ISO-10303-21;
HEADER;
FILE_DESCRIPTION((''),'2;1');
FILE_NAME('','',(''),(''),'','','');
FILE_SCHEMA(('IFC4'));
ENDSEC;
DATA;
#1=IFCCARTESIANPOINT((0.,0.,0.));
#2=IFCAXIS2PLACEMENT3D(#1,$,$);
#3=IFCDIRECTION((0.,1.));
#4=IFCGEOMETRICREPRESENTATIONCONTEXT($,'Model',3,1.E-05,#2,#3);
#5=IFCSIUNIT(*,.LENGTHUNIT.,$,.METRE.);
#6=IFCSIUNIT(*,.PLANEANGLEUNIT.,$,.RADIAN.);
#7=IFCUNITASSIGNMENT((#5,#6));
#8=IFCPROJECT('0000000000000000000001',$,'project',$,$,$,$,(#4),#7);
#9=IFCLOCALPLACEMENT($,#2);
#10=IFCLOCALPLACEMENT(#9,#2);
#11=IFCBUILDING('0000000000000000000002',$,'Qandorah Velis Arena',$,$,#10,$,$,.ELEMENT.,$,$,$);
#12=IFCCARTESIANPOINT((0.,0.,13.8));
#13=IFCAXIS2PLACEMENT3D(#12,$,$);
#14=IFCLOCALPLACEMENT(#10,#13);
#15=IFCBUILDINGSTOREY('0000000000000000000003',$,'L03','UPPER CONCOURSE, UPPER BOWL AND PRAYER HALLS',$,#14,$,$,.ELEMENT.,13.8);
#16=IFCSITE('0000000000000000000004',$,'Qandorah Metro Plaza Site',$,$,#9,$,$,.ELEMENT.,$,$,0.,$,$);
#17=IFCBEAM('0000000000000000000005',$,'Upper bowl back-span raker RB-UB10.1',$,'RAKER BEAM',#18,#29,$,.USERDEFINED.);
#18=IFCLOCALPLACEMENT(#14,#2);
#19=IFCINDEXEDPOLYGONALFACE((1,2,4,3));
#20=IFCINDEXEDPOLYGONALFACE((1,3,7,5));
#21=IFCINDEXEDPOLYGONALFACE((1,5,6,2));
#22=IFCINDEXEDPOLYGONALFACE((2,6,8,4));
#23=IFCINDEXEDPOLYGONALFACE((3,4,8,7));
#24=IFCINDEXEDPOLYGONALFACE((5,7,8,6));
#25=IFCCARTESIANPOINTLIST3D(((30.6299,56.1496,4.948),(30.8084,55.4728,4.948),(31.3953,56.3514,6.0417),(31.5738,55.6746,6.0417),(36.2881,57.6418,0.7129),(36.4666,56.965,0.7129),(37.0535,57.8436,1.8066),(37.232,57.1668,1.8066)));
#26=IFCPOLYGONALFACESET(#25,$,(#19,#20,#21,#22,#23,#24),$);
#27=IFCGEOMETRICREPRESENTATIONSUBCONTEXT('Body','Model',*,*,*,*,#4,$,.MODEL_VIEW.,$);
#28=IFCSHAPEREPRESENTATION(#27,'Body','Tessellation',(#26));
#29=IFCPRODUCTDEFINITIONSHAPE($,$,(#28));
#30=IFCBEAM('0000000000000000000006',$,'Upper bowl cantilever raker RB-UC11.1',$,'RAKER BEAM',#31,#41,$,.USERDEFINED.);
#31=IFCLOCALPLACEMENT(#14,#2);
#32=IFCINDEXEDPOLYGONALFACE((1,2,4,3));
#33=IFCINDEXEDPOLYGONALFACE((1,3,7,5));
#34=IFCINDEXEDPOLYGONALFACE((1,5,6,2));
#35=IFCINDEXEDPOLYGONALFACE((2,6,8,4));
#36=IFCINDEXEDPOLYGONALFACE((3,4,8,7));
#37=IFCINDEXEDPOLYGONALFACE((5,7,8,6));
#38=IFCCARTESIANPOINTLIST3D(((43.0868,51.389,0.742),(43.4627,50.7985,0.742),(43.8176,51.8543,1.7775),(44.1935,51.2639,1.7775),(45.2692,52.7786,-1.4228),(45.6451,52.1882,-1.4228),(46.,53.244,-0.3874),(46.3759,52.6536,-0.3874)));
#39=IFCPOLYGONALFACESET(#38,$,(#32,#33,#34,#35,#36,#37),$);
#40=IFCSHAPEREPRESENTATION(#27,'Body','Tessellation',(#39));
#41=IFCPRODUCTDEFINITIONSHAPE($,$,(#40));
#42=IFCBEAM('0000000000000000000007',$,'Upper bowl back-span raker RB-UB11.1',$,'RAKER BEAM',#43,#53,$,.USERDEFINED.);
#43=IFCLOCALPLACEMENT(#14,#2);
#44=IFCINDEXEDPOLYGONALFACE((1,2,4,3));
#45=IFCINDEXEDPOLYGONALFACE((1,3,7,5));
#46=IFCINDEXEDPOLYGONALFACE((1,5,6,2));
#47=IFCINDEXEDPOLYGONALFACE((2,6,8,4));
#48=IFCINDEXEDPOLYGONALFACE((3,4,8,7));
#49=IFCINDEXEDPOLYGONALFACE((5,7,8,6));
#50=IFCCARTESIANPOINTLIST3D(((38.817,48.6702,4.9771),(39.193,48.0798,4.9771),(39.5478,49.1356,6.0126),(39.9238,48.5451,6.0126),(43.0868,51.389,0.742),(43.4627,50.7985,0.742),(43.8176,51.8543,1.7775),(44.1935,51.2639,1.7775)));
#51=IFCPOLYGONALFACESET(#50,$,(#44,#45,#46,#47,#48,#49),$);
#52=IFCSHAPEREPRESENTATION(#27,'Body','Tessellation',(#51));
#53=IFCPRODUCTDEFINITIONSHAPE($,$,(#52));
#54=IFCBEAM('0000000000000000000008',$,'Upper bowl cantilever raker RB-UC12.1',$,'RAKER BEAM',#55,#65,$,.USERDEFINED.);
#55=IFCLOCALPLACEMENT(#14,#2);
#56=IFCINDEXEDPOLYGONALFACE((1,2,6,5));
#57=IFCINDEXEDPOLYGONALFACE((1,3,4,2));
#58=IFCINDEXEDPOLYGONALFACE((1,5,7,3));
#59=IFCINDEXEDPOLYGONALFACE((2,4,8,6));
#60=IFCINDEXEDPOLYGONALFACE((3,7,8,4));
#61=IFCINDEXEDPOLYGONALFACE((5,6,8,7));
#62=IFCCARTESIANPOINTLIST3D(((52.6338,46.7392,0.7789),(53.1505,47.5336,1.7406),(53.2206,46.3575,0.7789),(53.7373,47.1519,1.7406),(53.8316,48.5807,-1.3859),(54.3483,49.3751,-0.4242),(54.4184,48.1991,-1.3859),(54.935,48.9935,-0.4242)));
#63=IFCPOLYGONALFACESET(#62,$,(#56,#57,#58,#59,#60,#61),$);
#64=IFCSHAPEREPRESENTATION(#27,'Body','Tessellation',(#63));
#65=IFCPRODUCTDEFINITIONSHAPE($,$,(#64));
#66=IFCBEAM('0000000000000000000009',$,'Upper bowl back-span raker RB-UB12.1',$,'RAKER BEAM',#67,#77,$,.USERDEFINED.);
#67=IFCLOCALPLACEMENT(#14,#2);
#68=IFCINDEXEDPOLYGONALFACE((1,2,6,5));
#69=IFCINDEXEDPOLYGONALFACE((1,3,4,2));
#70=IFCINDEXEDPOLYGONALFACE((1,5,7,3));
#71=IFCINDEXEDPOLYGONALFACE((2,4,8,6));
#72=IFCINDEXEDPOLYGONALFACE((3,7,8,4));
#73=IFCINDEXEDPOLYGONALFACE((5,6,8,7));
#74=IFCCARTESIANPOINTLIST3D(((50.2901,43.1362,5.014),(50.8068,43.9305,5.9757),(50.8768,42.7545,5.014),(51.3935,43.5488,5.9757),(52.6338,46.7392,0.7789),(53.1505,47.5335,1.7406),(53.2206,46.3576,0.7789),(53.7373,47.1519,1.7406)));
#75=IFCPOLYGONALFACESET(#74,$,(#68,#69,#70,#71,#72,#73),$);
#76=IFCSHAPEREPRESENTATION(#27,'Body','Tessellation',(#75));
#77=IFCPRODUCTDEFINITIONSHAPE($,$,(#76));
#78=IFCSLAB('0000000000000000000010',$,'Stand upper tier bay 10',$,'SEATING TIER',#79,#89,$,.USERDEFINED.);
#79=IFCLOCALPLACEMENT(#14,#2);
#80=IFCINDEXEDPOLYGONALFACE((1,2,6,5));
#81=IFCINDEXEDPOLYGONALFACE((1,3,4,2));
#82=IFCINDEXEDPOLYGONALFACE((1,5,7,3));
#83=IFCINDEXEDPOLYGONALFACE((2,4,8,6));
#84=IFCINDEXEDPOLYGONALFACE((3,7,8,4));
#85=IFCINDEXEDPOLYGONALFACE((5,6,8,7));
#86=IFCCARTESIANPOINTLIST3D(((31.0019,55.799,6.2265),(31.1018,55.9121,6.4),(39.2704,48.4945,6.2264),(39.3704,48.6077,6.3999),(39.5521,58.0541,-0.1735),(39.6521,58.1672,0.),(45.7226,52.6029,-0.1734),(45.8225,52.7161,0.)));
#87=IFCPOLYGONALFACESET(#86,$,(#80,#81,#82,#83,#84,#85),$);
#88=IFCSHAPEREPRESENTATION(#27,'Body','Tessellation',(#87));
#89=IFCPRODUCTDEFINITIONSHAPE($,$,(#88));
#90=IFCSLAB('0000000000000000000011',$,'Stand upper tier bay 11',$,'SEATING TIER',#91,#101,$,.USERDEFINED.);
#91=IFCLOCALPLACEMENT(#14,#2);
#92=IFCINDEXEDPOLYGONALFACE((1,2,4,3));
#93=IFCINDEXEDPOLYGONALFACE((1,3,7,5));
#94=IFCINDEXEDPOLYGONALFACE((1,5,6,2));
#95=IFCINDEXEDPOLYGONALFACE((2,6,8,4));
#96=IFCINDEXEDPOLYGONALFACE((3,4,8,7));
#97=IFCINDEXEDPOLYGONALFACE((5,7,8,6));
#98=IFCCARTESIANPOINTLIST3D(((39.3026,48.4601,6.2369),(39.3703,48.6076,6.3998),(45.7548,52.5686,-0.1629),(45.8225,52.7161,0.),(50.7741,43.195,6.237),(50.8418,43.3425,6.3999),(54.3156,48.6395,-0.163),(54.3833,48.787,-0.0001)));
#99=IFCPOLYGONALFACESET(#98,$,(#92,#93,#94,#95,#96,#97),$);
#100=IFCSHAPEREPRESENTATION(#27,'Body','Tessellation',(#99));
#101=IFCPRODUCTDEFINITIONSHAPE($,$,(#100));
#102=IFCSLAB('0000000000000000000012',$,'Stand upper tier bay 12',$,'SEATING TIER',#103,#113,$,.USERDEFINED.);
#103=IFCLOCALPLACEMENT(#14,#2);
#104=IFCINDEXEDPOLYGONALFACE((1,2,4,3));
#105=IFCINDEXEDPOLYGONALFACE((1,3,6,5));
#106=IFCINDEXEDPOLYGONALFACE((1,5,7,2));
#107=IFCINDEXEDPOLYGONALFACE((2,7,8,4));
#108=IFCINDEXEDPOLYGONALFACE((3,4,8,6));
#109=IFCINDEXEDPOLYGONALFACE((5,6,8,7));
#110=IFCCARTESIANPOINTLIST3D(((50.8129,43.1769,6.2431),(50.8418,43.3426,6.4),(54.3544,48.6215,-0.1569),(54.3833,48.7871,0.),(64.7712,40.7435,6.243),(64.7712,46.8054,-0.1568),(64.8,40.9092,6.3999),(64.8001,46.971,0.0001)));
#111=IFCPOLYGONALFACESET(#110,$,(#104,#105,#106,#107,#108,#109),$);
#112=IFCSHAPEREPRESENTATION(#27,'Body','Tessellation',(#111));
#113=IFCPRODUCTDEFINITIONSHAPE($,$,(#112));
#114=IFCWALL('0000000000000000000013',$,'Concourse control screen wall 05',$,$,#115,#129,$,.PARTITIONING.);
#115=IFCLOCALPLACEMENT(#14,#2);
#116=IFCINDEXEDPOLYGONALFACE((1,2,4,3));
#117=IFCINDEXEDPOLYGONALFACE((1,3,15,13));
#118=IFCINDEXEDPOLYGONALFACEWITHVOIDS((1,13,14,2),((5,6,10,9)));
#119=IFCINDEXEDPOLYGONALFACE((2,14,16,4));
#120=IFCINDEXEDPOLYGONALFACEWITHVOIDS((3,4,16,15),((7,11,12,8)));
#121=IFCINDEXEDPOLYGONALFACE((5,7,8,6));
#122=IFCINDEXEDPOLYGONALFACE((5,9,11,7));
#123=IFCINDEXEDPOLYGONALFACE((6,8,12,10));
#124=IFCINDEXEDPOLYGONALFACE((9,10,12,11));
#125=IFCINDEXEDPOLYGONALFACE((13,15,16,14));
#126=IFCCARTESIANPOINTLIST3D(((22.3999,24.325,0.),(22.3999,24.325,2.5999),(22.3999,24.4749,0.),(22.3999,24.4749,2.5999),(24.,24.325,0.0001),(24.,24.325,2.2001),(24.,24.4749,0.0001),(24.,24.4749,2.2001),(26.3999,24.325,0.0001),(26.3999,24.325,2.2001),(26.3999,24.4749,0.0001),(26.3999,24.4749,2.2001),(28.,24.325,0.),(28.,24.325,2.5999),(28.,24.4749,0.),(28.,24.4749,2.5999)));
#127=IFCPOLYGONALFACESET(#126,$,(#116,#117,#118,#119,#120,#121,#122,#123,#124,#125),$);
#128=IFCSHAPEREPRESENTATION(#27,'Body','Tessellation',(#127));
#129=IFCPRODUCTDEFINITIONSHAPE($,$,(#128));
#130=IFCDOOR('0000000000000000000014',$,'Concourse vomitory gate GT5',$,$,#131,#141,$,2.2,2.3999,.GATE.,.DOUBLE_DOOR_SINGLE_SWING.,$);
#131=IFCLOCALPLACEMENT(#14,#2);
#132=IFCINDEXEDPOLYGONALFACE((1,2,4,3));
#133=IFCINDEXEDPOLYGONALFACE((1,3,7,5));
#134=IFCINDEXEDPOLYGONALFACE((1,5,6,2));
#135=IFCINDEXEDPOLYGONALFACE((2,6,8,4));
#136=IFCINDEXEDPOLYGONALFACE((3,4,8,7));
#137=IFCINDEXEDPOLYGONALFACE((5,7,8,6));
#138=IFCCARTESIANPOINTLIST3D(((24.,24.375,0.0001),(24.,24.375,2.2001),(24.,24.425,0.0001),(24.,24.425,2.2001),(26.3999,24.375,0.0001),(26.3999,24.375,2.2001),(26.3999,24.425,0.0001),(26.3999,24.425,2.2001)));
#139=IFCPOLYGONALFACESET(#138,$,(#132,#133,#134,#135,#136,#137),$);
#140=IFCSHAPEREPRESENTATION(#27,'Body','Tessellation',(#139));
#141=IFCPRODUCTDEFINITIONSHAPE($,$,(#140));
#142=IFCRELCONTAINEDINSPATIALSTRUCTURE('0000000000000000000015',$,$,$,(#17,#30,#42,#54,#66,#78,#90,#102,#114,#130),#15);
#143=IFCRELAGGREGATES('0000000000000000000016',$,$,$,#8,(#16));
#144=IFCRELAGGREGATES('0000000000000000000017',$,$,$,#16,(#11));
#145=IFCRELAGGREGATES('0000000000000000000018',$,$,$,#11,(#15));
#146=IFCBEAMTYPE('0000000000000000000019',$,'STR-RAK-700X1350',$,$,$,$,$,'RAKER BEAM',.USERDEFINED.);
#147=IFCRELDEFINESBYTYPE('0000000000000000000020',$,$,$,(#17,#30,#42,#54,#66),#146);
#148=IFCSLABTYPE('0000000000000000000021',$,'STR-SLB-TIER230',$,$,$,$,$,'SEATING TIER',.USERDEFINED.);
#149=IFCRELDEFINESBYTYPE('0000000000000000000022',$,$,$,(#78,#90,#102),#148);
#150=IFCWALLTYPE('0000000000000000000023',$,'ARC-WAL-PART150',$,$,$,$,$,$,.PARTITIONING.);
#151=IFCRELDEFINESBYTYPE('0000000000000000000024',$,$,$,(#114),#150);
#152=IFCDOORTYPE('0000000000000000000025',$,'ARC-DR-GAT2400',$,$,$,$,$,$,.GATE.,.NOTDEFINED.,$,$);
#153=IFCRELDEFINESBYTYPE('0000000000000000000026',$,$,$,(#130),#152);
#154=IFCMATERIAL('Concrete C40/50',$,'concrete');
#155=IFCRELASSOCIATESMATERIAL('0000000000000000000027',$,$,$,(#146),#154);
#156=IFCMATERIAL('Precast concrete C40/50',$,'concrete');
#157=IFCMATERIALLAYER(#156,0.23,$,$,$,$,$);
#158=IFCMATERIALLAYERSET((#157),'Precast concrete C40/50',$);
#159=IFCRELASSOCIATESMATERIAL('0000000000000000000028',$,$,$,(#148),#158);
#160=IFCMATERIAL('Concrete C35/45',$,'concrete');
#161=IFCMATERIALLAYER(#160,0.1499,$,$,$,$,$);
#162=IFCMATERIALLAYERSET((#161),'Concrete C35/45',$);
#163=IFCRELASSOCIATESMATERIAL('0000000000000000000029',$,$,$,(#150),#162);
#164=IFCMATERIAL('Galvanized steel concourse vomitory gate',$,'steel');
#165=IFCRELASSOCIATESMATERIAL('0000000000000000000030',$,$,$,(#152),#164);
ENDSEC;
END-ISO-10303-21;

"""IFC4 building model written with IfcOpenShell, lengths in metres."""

from ifc_helpers import new_model, si_unit, direction, frame, frame_2d, origin, origin_2d, place, context, subcontext, project, spatial, polyline, rectangle, outline, extrude, material, layer, layer_set, material_profile, profile_set, type_object, element, fill, save


model = new_model("IFC4")

# Units and contexts
model_context = context("Model", 3, precision=1e-05, world=origin(), true_north=direction((0.0, 1.0)))
body_context = subcontext(model_context, "Body", "Model", "MODEL_VIEW")
ifc_project = project(units=[si_unit("LENGTHUNIT", "METRE"), si_unit("PLANEANGLEUNIT", "RADIAN")], contexts=[model_context])

# Site, building, storey
site_placement = place(None, origin())
site = spatial("IfcSite", under=ifc_project, at=site_placement, Name="Qandorah Metro Plaza Site", CompositionType="ELEMENT", RefElevation=0.0)
building_placement = place(site_placement, origin())
building = spatial("IfcBuilding", under=site, at=building_placement, Name="Qandorah Velis Arena", CompositionType="ELEMENT")
storey_placement = place(building_placement, frame((0.0, 0.0, 13.8)))
storey = spatial("IfcBuildingStorey", under=building, at=storey_placement, Name="L03", Description="UPPER CONCOURSE, UPPER BOWL AND PRAYER HALLS", CompositionType="ELEMENT", Elevation=13.8)

# Shared definitions
ifc_material_1 = material(Name="Concrete C40/50", Category="concrete")

# Beams
ifc_material_profile_1 = material_profile(ifc_material_1, rectangle(XDim=0.7, YDim=1.3501, at=origin_2d()), Name="RC RAKER 700x1350")
ifc_profile_set_1 = profile_set([ifc_material_profile_1], Name="Concrete C40/50")
beam_type_1 = type_object("IfcBeamType", Name="STR-RAK-700X1350", ElementType="RAKER BEAM", PredefinedType="USERDEFINED", material=ifc_profile_set_1)
beam_1_placement = place(storey_placement, frame((36.76, 57.4043, 1.2598), z_axis=(-0.783312, -0.206576, 0.586301), x_axis=(0.255003, -0.96694, 0.0)))
element("IfcBeam", 1, at=beam_1_placement, inside=storey, type_object=beam_type_1, Name="Upper bowl back-span raker RB-UB10.1", ObjectType="RAKER BEAM", PredefinedType="USERDEFINED", context=body_context, shape_type="SweptSolid", body=[
    extrude(rectangle(XDim=0.7, YDim=1.3501, at=origin_2d()), origin(), (0.0, 0.0, 1.0), 7.2234),
])
beam_2_placement = place(storey_placement, frame((43.6401, 51.3264, 1.2598), z_axis=(0.646925, 0.411936, -0.641714), x_axis=(-0.537114, 0.84351, 0.0)))
element("IfcBeam", 2, at=beam_2_placement, inside=storey, type_object=beam_type_1, Name="Upper bowl cantilever raker RB-UC11.1", ObjectType="RAKER BEAM", PredefinedType="USERDEFINED", context=body_context, shape_type="SweptSolid", body=[
    extrude(rectangle(XDim=0.7, YDim=1.3501, at=origin_2d()), origin(), (0.0, 0.0, 1.0), 3.3735),
])
beam_3_placement = place(storey_placement, frame((43.6401, 51.3264, 1.2598), z_axis=(-0.646945, -0.411938, 0.641692), x_axis=(0.537103, -0.843516, 0.0)))
element("IfcBeam", 3, at=beam_3_placement, inside=storey, type_object=beam_type_1, Name="Upper bowl back-span raker RB-UB11.1", ObjectType="RAKER BEAM", PredefinedType="USERDEFINED", context=body_context, shape_type="SweptSolid", body=[
    extrude(rectangle(XDim=0.7, YDim=1.3501, at=origin_2d()), origin(), (0.0, 0.0, 1.0), 6.5999),
])
beam_4_placement = place(storey_placement, frame((53.1855, 46.9456, 1.2598), z_axis=(0.388352, 0.597093, -0.701899), x_axis=(-0.838289, 0.545227, 0.0)))
element("IfcBeam", 4, at=beam_4_placement, inside=storey, type_object=beam_type_1, Name="Upper bowl cantilever raker RB-UC12.1", ObjectType="RAKER BEAM", PredefinedType="USERDEFINED", context=body_context, shape_type="SweptSolid", body=[
    extrude(rectangle(XDim=0.7, YDim=1.3501, at=origin_2d()), origin(), (0.0, 0.0, 1.0), 3.0842),
])
beam_5_placement = place(storey_placement, frame((53.1855, 46.9456, 1.2598), z_axis=(-0.388414, -0.597105, 0.701855), x_axis=(0.838254, -0.54528, 0.0)))
element("IfcBeam", 5, at=beam_5_placement, inside=storey, type_object=beam_type_1, Name="Upper bowl back-span raker RB-UB12.1", ObjectType="RAKER BEAM", PredefinedType="USERDEFINED", context=body_context, shape_type="SweptSolid", body=[
    extrude(rectangle(XDim=0.7, YDim=1.3501, at=origin_2d()), origin(), (0.0, 0.0, 1.0), 6.0342),
])

# Slabs
ifc_material_2 = material(Name="Precast concrete C40/50", Category="concrete")
ifc_layer_1 = layer(ifc_material_2, 0.23)
ifc_layer_set_1 = layer_set([ifc_layer_1], Name="Precast concrete C40/50")
slab_type = type_object("IfcSlabType", Name="STR-SLB-TIER230", ElementType="SEATING TIER", PredefinedType="USERDEFINED", material=ifc_layer_set_1)
slab_1_placement = place(storey_placement, frame((39.6521, 58.1672, 0.0), z_axis=(0.434739, 0.492111, 0.754207), x_axis=(0.749438, -0.662075, 0.000006)))
element("IfcSlab", 6, at=slab_1_placement, inside=storey, type_object=slab_type, Name="Stand upper tier bay 10", ObjectType="SEATING TIER", PredefinedType="USERDEFINED", context=body_context, shape_type="SweptSolid", body=[
    extrude(outline(polyline([(0.0, 0.0), (8.2334, 0.0), (6.118, -9.7464), (-4.9148, -9.7466), (0.0, 0.0)])), origin(), (0.0, 0.0, -1.0), 0.23),
])
slab_2_placement = place(storey_placement, frame((45.8225, 52.7161, 0.0), z_axis=(0.294367, 0.641372, 0.708512), x_axis=(0.90885, -0.417123, -0.000007)))
element("IfcSlab", 7, at=slab_2_placement, inside=storey, type_object=slab_type, Name="Stand upper tier bay 11", ObjectType="SEATING TIER", PredefinedType="USERDEFINED", context=body_context, shape_type="SweptSolid", body=[
    extrude(outline(polyline([(0.0, 0.0), (9.4193, 0.0), (8.4716, -9.069), (-4.1504, -9.0688), (0.0, 0.0)])), origin(), (0.0, 0.0, -1.0), 0.23),
])
slab_3_placement = place(storey_placement, frame((54.3833, 48.7871, 0.0), z_axis=(0.125572, 0.720273, 0.682231), x_axis=(0.98514, -0.171753, 0.000005)))
element("IfcSlab", 8, at=slab_3_placement, inside=storey, type_object=slab_type, Name="Stand upper tier bay 12", ObjectType="SEATING TIER", PredefinedType="USERDEFINED", context=body_context, shape_type="SweptSolid", body=[
    extrude(outline(polyline([(0.0, 0.0), (10.5739, 0.0), (11.6151, -8.7533), (-2.5537, -8.7535), (0.0, 0.0)])), origin(), (0.0, 0.0, -1.0), 0.23),
])

# Wall, opening, door
ifc_material_3 = material(Name="Concrete C35/45", Category="concrete")
ifc_layer_2 = layer(ifc_material_3, 0.1499)
ifc_layer_set_2 = layer_set([ifc_layer_2], Name="Concrete C35/45")
wall_type = type_object("IfcWallType", Name="ARC-WAL-PART150", PredefinedType="PARTITIONING", material=ifc_layer_set_2)
wall_placement = place(storey_placement, frame((22.3999, 24.3999, 0.0), z_axis=(0.0, 0.0, 1.0), x_axis=(1.0, 0.0, 0.0)))
wall = element("IfcWall", 9, at=wall_placement, inside=storey, type_object=wall_type, Name="Concourse control screen wall 05", PredefinedType="PARTITIONING", context=body_context, shape_type="SweptSolid", body=[
    extrude(rectangle(XDim=5.6001, YDim=0.1499, at=frame_2d((2.8, 0.0))), origin(), (0.0, 0.0, 1.0), 2.5999),
])
opening_placement = place(wall_placement, frame((1.6001, 0.0, 0.0)))
opening = element("IfcOpeningElement", 10, at=opening_placement, cuts=wall, PredefinedType="OPENING", context=body_context, shape_type="SweptSolid", body=[
    extrude(rectangle(XDim=2.3999, YDim=2.2, at=frame_2d((1.2, 1.1001))), frame((0.0, 0.085, 0.0), z_axis=(0.0, -1.0, 0.0), x_axis=(1.0, 0.0, 0.0)), (0.0, 0.0, 1.0), 0.1699),
])
ifc_material_4 = material(Name="Galvanized steel concourse vomitory gate", Category="steel")
door_type = type_object("IfcDoorType", Name="ARC-DR-GAT2400", OperationType="NOTDEFINED", PredefinedType="GATE", material=ifc_material_4)
door_placement = place(opening_placement, frame((2.3999, 0.0, 0.0), z_axis=(0.0, 0.0, 1.0), x_axis=(-1.0, 0.0, 0.0)))
door = element("IfcDoor", 11, at=door_placement, inside=storey, type_object=door_type, Name="Concourse vomitory gate GT5", OperationType="DOUBLE_DOOR_SINGLE_SWING", OverallHeight=2.2, OverallWidth=2.3999, PredefinedType="GATE", context=body_context, shape_type="SweptSolid", body=[
    extrude(rectangle(XDim=2.3999, YDim=2.2, at=frame_2d((1.2, 1.1001))), frame((0.0, 0.0249, 0.0), z_axis=(0.0, -1.0, 0.0), x_axis=(1.0, 0.0, 0.0)), (0.0, 0.0, 1.0), 0.05),
])
fill(opening, door)

save(model, "model.ifc")
